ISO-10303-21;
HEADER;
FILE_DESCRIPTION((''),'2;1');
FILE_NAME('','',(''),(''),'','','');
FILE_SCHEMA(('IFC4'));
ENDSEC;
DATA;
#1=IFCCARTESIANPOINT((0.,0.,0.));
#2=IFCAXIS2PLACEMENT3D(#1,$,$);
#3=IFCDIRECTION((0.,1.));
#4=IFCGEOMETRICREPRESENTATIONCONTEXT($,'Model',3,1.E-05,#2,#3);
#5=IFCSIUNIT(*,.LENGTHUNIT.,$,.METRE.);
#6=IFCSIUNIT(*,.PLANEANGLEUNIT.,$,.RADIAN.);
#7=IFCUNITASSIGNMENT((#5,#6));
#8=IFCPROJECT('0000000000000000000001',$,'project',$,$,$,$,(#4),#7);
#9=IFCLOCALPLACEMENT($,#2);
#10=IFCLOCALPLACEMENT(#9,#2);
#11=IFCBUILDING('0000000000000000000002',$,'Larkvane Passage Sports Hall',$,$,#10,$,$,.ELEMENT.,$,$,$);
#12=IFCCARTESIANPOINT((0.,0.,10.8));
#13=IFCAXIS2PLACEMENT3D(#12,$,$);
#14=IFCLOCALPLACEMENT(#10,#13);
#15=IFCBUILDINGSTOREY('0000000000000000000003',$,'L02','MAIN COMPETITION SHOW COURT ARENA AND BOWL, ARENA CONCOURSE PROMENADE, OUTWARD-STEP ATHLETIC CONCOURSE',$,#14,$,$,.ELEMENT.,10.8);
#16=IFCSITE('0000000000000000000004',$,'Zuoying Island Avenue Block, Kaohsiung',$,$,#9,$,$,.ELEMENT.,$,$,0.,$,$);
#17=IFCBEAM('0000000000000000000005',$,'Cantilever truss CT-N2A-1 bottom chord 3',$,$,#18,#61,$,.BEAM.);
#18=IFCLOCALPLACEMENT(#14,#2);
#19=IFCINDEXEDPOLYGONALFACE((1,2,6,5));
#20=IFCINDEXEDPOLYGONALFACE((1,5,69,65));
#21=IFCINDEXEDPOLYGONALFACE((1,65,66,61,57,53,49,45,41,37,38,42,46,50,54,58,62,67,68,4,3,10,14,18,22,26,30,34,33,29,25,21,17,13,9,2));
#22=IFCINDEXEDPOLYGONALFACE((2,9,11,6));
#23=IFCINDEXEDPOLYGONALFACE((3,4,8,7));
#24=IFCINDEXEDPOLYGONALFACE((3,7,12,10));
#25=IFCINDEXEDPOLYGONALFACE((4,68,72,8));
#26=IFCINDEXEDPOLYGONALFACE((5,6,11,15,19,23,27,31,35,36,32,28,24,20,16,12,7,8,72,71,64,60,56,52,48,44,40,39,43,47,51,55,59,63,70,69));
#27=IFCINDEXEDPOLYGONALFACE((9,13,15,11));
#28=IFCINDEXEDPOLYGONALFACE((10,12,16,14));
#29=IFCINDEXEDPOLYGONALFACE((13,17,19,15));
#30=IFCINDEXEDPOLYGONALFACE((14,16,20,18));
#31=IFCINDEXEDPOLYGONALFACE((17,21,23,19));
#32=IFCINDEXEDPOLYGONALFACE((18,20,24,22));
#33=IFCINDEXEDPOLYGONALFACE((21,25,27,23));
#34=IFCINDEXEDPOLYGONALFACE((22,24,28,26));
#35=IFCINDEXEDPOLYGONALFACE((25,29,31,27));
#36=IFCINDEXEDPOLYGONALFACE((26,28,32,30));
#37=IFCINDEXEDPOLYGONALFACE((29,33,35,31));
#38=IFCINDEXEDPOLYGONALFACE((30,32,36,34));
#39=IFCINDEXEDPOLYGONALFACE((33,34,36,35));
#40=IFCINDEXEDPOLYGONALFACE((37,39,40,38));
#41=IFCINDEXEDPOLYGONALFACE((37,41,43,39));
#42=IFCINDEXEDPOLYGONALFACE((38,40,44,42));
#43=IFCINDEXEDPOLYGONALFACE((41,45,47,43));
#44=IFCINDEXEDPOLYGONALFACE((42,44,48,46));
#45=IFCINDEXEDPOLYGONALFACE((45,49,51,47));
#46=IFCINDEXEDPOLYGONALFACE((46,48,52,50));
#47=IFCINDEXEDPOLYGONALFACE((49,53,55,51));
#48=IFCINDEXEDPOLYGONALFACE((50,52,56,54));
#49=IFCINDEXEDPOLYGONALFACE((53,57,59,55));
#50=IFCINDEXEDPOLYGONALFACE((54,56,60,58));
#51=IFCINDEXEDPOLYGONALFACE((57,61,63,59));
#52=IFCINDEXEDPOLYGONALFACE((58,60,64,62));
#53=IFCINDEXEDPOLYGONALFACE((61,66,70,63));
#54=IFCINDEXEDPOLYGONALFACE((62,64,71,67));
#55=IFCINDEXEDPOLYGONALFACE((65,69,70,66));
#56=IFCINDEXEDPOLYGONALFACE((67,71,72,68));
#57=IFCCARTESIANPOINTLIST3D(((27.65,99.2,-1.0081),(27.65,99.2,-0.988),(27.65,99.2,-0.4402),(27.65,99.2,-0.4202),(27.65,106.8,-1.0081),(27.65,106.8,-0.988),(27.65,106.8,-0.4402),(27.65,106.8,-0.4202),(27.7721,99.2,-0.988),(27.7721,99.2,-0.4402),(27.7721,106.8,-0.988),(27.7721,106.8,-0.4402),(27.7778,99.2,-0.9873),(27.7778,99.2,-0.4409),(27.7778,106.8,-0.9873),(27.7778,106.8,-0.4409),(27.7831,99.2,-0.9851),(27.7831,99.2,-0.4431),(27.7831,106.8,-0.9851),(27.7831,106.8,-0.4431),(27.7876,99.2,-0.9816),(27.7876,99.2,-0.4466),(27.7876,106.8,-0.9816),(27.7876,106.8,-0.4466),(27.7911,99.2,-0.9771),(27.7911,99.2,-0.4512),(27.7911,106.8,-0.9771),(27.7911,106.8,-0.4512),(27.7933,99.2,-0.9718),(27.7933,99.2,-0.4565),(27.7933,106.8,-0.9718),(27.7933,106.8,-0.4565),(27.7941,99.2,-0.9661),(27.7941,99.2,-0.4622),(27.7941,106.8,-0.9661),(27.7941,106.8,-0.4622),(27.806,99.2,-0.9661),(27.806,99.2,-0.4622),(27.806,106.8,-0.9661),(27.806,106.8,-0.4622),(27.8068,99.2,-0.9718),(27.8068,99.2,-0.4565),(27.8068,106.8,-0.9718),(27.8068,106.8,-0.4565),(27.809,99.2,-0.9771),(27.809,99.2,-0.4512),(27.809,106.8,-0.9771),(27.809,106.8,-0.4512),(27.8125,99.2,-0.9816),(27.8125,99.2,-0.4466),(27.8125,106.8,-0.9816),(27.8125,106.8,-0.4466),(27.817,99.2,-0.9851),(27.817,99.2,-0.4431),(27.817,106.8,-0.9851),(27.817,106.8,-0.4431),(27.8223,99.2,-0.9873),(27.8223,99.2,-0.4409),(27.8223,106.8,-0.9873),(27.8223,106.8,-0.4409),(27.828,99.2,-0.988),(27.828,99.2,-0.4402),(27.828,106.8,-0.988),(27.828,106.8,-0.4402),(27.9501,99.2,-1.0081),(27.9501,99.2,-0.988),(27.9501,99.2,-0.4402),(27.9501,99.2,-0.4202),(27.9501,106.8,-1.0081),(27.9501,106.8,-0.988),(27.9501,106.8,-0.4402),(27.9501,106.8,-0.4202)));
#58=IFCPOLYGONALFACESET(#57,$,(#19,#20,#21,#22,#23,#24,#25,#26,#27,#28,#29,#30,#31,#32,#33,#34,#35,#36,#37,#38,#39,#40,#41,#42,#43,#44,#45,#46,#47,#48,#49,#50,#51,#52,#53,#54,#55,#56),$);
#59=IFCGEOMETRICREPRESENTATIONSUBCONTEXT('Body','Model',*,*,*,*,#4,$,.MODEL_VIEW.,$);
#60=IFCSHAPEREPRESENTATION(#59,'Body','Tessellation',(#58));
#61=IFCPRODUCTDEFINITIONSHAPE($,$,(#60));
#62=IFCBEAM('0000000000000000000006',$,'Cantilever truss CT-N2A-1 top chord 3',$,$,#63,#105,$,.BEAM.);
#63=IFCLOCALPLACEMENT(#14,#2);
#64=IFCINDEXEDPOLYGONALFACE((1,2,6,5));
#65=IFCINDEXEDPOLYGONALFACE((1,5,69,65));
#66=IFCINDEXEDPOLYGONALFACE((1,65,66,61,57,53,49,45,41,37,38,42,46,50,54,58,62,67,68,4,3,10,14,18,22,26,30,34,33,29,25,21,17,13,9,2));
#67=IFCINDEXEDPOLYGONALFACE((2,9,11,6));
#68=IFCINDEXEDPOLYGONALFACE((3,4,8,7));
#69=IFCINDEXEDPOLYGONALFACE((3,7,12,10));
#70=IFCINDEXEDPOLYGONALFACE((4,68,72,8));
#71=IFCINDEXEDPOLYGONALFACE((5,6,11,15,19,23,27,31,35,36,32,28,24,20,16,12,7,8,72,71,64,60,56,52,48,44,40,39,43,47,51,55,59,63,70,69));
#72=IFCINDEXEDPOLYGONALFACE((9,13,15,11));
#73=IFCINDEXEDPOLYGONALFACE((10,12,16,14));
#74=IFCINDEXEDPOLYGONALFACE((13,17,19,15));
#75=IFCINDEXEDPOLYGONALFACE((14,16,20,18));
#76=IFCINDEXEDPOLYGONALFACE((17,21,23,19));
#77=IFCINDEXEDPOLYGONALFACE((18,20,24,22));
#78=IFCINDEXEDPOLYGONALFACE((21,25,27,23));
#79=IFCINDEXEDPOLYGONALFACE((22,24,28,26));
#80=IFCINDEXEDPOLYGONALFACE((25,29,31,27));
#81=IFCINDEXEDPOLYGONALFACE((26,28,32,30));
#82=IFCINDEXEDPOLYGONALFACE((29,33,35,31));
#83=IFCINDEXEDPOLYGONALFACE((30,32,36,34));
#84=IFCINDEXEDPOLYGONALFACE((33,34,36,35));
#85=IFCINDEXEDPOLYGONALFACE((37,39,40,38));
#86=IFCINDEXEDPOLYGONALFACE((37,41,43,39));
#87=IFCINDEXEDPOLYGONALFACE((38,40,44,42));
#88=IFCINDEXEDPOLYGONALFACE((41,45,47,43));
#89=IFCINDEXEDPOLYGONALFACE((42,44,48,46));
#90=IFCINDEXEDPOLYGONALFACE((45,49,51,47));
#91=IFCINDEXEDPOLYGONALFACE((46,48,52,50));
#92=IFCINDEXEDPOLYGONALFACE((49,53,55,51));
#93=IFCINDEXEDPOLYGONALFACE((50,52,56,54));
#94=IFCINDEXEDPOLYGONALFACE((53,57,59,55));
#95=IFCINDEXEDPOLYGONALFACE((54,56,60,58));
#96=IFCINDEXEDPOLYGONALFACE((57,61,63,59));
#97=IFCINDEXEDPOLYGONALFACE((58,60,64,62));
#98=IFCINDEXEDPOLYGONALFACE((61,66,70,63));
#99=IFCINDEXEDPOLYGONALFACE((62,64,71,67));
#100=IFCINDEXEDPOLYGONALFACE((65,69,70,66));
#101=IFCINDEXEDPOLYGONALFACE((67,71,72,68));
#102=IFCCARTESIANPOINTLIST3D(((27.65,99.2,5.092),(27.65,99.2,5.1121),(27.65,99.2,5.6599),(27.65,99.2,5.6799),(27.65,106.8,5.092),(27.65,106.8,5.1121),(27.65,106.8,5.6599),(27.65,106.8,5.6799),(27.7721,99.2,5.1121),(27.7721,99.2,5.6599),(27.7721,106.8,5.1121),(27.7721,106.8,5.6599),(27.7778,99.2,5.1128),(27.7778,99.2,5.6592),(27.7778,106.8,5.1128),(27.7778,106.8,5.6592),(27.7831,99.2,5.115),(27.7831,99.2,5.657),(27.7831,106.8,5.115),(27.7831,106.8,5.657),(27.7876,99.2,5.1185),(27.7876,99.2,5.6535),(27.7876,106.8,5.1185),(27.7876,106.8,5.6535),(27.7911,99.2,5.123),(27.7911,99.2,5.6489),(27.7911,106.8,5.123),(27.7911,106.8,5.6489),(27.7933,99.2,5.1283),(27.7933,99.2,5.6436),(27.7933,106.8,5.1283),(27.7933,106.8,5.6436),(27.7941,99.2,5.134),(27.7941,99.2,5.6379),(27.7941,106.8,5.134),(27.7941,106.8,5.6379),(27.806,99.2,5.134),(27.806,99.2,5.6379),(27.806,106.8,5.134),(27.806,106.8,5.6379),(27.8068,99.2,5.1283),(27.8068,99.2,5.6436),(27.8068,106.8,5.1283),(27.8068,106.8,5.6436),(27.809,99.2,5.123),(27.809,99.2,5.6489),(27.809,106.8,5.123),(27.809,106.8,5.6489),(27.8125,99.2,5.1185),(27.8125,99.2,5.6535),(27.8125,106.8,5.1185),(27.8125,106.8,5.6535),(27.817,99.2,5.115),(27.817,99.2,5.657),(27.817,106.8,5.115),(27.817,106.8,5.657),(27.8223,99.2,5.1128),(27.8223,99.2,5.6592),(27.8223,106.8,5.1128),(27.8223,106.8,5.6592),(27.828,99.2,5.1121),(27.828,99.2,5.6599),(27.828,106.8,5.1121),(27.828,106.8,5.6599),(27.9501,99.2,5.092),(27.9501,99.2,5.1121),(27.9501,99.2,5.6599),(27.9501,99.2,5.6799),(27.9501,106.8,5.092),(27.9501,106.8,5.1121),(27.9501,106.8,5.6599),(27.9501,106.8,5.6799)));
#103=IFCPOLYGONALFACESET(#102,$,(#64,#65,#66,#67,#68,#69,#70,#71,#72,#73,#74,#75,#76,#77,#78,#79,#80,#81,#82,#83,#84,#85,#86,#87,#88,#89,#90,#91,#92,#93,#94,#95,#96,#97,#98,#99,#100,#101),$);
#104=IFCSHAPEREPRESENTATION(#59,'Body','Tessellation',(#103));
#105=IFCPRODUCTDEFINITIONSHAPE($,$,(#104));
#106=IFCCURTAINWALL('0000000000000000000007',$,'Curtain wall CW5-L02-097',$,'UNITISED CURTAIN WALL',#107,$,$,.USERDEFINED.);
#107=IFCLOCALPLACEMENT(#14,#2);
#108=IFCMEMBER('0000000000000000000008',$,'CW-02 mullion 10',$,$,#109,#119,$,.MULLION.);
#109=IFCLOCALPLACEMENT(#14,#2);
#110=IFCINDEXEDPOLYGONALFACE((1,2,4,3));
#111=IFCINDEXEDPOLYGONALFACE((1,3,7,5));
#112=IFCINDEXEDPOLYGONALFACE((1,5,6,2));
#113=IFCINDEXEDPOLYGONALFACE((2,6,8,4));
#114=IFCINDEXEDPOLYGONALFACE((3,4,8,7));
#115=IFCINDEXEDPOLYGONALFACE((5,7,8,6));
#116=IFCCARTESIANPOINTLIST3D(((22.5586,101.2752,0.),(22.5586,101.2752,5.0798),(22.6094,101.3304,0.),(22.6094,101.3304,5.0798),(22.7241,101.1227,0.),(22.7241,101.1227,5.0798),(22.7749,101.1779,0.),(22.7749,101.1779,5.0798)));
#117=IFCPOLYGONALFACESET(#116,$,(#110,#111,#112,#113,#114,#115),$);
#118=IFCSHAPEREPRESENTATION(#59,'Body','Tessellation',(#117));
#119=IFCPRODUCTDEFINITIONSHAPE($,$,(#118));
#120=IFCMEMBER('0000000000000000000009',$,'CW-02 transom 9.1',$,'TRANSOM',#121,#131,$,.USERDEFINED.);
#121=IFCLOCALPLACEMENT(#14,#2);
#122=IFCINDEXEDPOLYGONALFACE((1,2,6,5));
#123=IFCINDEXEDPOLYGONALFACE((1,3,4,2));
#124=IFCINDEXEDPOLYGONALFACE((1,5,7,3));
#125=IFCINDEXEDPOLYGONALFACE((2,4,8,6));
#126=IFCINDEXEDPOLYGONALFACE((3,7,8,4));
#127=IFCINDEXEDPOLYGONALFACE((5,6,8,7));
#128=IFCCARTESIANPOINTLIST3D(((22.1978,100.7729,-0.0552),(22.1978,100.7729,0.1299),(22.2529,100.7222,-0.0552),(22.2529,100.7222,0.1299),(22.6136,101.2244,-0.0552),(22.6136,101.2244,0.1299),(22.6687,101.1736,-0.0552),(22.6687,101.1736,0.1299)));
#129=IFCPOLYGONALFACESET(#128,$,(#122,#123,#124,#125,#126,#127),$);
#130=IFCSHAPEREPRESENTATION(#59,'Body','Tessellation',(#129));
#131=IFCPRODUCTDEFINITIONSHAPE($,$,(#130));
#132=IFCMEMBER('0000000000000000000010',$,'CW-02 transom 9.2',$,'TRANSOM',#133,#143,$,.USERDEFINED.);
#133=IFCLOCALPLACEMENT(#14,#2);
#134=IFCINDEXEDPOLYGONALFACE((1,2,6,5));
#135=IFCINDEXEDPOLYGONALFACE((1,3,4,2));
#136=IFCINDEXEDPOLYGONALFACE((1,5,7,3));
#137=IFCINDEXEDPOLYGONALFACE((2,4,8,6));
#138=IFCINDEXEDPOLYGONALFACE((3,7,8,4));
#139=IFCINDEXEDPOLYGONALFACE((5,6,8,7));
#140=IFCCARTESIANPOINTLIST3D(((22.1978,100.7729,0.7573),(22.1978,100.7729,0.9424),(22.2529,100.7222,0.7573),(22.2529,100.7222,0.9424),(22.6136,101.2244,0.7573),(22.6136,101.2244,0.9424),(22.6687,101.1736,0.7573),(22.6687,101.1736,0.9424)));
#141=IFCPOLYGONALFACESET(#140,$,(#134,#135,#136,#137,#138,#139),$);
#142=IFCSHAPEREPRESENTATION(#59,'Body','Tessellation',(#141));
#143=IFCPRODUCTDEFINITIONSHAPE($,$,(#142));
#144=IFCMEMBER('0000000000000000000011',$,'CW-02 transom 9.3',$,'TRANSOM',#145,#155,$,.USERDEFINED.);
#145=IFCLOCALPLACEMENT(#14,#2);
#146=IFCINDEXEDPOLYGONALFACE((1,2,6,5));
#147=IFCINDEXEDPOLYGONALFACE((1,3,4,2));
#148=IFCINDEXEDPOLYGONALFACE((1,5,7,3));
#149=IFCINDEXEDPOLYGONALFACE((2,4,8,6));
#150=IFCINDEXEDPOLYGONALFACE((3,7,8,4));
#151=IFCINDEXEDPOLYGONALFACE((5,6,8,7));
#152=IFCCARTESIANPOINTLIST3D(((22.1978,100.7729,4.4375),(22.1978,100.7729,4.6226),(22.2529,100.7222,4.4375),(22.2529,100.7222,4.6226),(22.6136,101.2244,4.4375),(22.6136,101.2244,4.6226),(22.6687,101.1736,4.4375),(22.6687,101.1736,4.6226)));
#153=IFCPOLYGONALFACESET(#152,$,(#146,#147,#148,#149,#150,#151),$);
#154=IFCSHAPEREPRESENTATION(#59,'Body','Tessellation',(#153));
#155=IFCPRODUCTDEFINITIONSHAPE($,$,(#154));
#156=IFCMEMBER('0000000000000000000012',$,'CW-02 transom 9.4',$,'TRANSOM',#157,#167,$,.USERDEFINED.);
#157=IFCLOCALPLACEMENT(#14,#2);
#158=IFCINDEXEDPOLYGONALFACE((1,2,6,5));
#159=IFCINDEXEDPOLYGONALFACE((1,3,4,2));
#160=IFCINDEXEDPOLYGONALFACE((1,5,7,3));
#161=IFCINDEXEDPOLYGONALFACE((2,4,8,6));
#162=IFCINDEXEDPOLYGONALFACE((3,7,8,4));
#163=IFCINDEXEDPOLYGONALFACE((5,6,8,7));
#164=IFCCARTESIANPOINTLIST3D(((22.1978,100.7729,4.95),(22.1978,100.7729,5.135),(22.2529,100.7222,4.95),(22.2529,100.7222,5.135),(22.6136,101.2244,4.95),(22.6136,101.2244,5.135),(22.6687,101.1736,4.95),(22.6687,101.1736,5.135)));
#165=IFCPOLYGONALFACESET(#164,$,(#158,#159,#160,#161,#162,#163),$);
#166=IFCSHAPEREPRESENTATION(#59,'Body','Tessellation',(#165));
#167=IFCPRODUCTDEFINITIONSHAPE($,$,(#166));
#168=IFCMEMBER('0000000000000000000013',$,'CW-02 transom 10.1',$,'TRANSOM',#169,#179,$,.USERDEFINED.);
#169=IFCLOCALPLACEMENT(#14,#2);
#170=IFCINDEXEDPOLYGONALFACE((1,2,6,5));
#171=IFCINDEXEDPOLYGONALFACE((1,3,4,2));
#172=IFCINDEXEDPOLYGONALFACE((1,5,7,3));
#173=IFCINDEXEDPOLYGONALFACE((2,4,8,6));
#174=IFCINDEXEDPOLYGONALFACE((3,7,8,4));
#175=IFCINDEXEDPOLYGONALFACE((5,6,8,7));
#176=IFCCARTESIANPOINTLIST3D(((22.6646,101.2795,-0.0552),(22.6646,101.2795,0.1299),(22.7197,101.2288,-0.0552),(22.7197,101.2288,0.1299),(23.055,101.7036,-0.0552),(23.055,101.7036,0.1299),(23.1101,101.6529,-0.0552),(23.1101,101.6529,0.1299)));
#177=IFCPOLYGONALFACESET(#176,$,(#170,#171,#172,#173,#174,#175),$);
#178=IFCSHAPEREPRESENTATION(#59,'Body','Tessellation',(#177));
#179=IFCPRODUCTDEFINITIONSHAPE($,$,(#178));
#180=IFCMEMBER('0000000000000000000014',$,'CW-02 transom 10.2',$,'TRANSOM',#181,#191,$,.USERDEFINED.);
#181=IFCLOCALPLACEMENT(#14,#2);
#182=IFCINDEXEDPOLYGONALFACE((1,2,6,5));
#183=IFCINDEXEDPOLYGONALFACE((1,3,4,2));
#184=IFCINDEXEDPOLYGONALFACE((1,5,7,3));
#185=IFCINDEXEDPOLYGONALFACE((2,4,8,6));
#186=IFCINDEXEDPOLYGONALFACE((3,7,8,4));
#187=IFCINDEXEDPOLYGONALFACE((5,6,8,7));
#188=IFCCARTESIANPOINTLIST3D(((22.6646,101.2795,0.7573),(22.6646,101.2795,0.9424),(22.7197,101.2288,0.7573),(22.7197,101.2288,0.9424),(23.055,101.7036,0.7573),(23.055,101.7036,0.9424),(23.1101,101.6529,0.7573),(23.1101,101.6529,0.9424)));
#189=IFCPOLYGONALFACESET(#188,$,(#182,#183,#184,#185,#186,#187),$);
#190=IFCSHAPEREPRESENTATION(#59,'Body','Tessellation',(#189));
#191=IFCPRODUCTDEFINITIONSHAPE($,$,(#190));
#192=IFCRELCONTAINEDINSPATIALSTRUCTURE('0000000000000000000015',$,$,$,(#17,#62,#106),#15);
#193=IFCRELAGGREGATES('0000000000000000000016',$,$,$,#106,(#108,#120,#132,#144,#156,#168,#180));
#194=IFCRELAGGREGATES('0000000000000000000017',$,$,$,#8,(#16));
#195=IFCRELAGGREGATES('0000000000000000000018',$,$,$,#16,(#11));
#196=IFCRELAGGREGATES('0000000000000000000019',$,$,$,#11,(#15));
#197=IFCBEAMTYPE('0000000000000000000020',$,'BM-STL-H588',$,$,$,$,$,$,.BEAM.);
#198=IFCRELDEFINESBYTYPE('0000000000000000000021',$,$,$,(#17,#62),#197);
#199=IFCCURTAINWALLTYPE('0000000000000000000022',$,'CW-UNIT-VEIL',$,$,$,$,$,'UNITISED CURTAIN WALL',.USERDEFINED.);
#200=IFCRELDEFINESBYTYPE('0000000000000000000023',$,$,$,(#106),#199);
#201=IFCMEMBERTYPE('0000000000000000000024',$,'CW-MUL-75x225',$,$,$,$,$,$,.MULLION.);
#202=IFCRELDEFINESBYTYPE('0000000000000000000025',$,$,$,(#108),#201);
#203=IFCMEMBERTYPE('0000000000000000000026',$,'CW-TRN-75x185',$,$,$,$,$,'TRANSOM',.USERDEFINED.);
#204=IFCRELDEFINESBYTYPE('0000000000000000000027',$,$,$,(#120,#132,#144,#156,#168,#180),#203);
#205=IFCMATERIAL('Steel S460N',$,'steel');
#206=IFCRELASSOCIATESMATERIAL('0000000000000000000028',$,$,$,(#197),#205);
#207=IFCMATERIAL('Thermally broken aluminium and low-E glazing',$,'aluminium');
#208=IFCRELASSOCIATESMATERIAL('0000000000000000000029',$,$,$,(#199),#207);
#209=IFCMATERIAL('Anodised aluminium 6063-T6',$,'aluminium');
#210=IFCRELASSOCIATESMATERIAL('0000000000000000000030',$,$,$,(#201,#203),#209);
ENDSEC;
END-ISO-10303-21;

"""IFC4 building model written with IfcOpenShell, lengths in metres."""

from ifc_helpers import new_model, si_unit, direction, frame, origin, origin_2d, place, context, subcontext, project, spatial, rectangle, i_section, extrude, material, material_profile, profile_set, type_object, element, aggregate, save


model = new_model("IFC4")

# Units and contexts
model_context = context("Model", 3, precision=1e-05, world=origin(), true_north=direction((0.0, 1.0)))
body_context = subcontext(model_context, "Body", "Model", "MODEL_VIEW")
ifc_project = project(units=[si_unit("LENGTHUNIT", "METRE"), si_unit("PLANEANGLEUNIT", "RADIAN")], contexts=[model_context])

# Site, building, storey
site_placement = place(None, origin())
site = spatial("IfcSite", under=ifc_project, at=site_placement, Name="Zuoying Island Avenue Block, Kaohsiung", CompositionType="ELEMENT", RefElevation=0.0)
building_placement = place(site_placement, origin())
building = spatial("IfcBuilding", under=site, at=building_placement, Name="Larkvane Passage Sports Hall", CompositionType="ELEMENT")
storey_placement = place(building_placement, frame((0.0, 0.0, 10.8)))
storey = spatial("IfcBuildingStorey", under=building, at=storey_placement, Name="L02", Description="MAIN COMPETITION SHOW COURT ARENA AND BOWL, ARENA CONCOURSE PROMENADE, OUTWARD-STEP ATHLETIC CONCOURSE", CompositionType="ELEMENT", Elevation=10.8)

# Beams
ifc_material_1 = material(Name="Steel S460N", Category="steel")
ifc_material_profile_1 = material_profile(ifc_material_1, i_section(OverallWidth=0.3, OverallDepth=0.5879, WebThickness=0.012, FlangeThickness=0.02, FilletRadius=0.022, at=origin_2d()), Name="H-588x300x12x20")
ifc_profile_set_1 = profile_set([ifc_material_profile_1], Name="Steel S460N")
beam_type = type_object("IfcBeamType", Name="BM-STL-H588", PredefinedType="BEAM", material=ifc_profile_set_1)
for number, where, z_axis, x_axis, name in (
    (1, (27.8, 99.2, -0.7141), (0.0, 1.0, 0.0), (-1.0, 0.0, 0.0), "Cantilever truss CT-N2A-1 bottom chord 3"),
    (2, (27.8, 99.2, 5.386), (0.0, 1.0, 0.0), (-1.0, 0.0, 0.0), "Cantilever truss CT-N2A-1 top chord 3"),
):
    element("IfcBeam", number, at=place(storey_placement, frame(where, z_axis=z_axis, x_axis=x_axis)), inside=storey, type_object=beam_type, Name=name, PredefinedType="BEAM", context=body_context, shape_type="SweptSolid", body=[
        extrude(i_section(OverallWidth=0.3, OverallDepth=0.5879, WebThickness=0.012, FlangeThickness=0.02, FilletRadius=0.022, at=origin_2d()), origin(), (0.0, 0.0, 1.0), 7.6001),
    ])

# Curtain wall, members
ifc_material_2 = material(Name="Thermally broken aluminium and low-E glazing", Category="aluminium")
curtain_wall_type = type_object("IfcCurtainWallType", Name="CW-UNIT-VEIL", ElementType="UNITISED CURTAIN WALL", PredefinedType="USERDEFINED", material=ifc_material_2)
curtain_wall_placement = place(storey_placement, origin())
curtain_wall = element("IfcCurtainWall", 3, at=curtain_wall_placement, inside=storey, type_object=curtain_wall_type, Name="Curtain wall CW5-L02-097", ObjectType="UNITISED CURTAIN WALL", PredefinedType="USERDEFINED")
ifc_material_3 = material(Name="Anodised aluminium 6063-T6", Category="aluminium")
ifc_material_profile_2 = material_profile(ifc_material_3, rectangle(XDim=0.075, YDim=0.2251, at=origin_2d()), Name="ALU-MUL-75x225")
ifc_profile_set_2 = profile_set([ifc_material_profile_2], Name="Anodised aluminium 6063-T6")
member_type_1 = type_object("IfcMemberType", Name="CW-MUL-75x225", PredefinedType="MULLION", material=ifc_profile_set_2)
member_1_placement = place(storey_placement, frame((22.6667, 101.2266, 0.0), z_axis=(0.0, 0.0, 1.0), x_axis=(0.677475, 0.735545, 0.0)))
member_1 = element("IfcMember", 4, at=member_1_placement, type_object=member_type_1, Name="CW-02 mullion 10", PredefinedType="MULLION", context=body_context, shape_type="SweptSolid", body=[
    extrude(rectangle(XDim=0.075, YDim=0.2251, at=origin_2d()), origin(), (0.0, 0.0, 1.0), 5.0798),
])
ifc_material_profile_3 = material_profile(ifc_material_3, rectangle(XDim=0.075, YDim=0.1851, at=origin_2d()), Name="ALU-TRN-75x185")
ifc_profile_set_3 = profile_set([ifc_material_profile_3], Name="Anodised aluminium 6063-T6")
member_type_2 = type_object("IfcMemberType", Name="CW-TRN-75x185", ElementType="TRANSOM", PredefinedType="USERDEFINED", material=ifc_profile_set_3)
member_2_placement = place(storey_placement, frame((22.2253, 100.7476, 0.0374), z_axis=(0.67747, 0.73555, 0.0), x_axis=(-0.73555, 0.67747, 0.0)))
member_2 = element("IfcMember", 5, at=member_2_placement, type_object=member_type_2, Name="CW-02 transom 9.1", ObjectType="TRANSOM", PredefinedType="USERDEFINED", context=body_context, shape_type="SweptSolid", body=[
    extrude(rectangle(XDim=0.075, YDim=0.1851, at=origin_2d()), origin(), (0.0, 0.0, 1.0), 0.6138),
])
member_3_placement = place(storey_placement, frame((22.2253, 100.7476, 0.8499), z_axis=(0.67747, 0.73555, 0.0), x_axis=(-0.73555, 0.67747, 0.0)))
member_3 = element("IfcMember", 6, at=member_3_placement, type_object=member_type_2, Name="CW-02 transom 9.2", ObjectType="TRANSOM", PredefinedType="USERDEFINED", context=body_context, shape_type="SweptSolid", body=[
    extrude(rectangle(XDim=0.075, YDim=0.1851, at=origin_2d()), origin(), (0.0, 0.0, 1.0), 0.6138),
])
member_4_placement = place(storey_placement, frame((22.2253, 100.7476, 4.53), z_axis=(0.67747, 0.73555, 0.0), x_axis=(-0.73555, 0.67747, 0.0)))
member_4 = element("IfcMember", 7, at=member_4_placement, type_object=member_type_2, Name="CW-02 transom 9.3", ObjectType="TRANSOM", PredefinedType="USERDEFINED", context=body_context, shape_type="SweptSolid", body=[
    extrude(rectangle(XDim=0.075, YDim=0.1851, at=origin_2d()), origin(), (0.0, 0.0, 1.0), 0.6138),
])
member_5_placement = place(storey_placement, frame((22.2253, 100.7476, 5.0425), z_axis=(0.67747, 0.73555, 0.0), x_axis=(-0.73555, 0.67747, 0.0)))
member_5 = element("IfcMember", 8, at=member_5_placement, type_object=member_type_2, Name="CW-02 transom 9.4", ObjectType="TRANSOM", PredefinedType="USERDEFINED", context=body_context, shape_type="SweptSolid", body=[
    extrude(rectangle(XDim=0.075, YDim=0.1851, at=origin_2d()), origin(), (0.0, 0.0, 1.0), 0.6138),
])
member_6_placement = place(storey_placement, frame((22.6921, 101.2542, 0.0374), z_axis=(0.677277, 0.735728, 0.0), x_axis=(-0.735728, 0.677277, 0.0)))
member_6 = element("IfcMember", 9, at=member_6_placement, type_object=member_type_2, Name="CW-02 transom 10.1", ObjectType="TRANSOM", PredefinedType="USERDEFINED", context=body_context, shape_type="SweptSolid", body=[
    extrude(rectangle(XDim=0.075, YDim=0.1851, at=origin_2d()), origin(), (0.0, 0.0, 1.0), 0.5764),
])
member_7_placement = place(storey_placement, frame((22.6921, 101.2542, 0.8499), z_axis=(0.677277, 0.735728, 0.0), x_axis=(-0.735728, 0.677277, 0.0)))
member_7 = element("IfcMember", 10, at=member_7_placement, type_object=member_type_2, Name="CW-02 transom 10.2", ObjectType="TRANSOM", PredefinedType="USERDEFINED", context=body_context, shape_type="SweptSolid", body=[
    extrude(rectangle(XDim=0.075, YDim=0.1851, at=origin_2d()), origin(), (0.0, 0.0, 1.0), 0.5764),
])

aggregate(curtain_wall, [member_1, member_2, member_3, member_4, member_5, member_6, member_7])

save(model, "model.ifc")
